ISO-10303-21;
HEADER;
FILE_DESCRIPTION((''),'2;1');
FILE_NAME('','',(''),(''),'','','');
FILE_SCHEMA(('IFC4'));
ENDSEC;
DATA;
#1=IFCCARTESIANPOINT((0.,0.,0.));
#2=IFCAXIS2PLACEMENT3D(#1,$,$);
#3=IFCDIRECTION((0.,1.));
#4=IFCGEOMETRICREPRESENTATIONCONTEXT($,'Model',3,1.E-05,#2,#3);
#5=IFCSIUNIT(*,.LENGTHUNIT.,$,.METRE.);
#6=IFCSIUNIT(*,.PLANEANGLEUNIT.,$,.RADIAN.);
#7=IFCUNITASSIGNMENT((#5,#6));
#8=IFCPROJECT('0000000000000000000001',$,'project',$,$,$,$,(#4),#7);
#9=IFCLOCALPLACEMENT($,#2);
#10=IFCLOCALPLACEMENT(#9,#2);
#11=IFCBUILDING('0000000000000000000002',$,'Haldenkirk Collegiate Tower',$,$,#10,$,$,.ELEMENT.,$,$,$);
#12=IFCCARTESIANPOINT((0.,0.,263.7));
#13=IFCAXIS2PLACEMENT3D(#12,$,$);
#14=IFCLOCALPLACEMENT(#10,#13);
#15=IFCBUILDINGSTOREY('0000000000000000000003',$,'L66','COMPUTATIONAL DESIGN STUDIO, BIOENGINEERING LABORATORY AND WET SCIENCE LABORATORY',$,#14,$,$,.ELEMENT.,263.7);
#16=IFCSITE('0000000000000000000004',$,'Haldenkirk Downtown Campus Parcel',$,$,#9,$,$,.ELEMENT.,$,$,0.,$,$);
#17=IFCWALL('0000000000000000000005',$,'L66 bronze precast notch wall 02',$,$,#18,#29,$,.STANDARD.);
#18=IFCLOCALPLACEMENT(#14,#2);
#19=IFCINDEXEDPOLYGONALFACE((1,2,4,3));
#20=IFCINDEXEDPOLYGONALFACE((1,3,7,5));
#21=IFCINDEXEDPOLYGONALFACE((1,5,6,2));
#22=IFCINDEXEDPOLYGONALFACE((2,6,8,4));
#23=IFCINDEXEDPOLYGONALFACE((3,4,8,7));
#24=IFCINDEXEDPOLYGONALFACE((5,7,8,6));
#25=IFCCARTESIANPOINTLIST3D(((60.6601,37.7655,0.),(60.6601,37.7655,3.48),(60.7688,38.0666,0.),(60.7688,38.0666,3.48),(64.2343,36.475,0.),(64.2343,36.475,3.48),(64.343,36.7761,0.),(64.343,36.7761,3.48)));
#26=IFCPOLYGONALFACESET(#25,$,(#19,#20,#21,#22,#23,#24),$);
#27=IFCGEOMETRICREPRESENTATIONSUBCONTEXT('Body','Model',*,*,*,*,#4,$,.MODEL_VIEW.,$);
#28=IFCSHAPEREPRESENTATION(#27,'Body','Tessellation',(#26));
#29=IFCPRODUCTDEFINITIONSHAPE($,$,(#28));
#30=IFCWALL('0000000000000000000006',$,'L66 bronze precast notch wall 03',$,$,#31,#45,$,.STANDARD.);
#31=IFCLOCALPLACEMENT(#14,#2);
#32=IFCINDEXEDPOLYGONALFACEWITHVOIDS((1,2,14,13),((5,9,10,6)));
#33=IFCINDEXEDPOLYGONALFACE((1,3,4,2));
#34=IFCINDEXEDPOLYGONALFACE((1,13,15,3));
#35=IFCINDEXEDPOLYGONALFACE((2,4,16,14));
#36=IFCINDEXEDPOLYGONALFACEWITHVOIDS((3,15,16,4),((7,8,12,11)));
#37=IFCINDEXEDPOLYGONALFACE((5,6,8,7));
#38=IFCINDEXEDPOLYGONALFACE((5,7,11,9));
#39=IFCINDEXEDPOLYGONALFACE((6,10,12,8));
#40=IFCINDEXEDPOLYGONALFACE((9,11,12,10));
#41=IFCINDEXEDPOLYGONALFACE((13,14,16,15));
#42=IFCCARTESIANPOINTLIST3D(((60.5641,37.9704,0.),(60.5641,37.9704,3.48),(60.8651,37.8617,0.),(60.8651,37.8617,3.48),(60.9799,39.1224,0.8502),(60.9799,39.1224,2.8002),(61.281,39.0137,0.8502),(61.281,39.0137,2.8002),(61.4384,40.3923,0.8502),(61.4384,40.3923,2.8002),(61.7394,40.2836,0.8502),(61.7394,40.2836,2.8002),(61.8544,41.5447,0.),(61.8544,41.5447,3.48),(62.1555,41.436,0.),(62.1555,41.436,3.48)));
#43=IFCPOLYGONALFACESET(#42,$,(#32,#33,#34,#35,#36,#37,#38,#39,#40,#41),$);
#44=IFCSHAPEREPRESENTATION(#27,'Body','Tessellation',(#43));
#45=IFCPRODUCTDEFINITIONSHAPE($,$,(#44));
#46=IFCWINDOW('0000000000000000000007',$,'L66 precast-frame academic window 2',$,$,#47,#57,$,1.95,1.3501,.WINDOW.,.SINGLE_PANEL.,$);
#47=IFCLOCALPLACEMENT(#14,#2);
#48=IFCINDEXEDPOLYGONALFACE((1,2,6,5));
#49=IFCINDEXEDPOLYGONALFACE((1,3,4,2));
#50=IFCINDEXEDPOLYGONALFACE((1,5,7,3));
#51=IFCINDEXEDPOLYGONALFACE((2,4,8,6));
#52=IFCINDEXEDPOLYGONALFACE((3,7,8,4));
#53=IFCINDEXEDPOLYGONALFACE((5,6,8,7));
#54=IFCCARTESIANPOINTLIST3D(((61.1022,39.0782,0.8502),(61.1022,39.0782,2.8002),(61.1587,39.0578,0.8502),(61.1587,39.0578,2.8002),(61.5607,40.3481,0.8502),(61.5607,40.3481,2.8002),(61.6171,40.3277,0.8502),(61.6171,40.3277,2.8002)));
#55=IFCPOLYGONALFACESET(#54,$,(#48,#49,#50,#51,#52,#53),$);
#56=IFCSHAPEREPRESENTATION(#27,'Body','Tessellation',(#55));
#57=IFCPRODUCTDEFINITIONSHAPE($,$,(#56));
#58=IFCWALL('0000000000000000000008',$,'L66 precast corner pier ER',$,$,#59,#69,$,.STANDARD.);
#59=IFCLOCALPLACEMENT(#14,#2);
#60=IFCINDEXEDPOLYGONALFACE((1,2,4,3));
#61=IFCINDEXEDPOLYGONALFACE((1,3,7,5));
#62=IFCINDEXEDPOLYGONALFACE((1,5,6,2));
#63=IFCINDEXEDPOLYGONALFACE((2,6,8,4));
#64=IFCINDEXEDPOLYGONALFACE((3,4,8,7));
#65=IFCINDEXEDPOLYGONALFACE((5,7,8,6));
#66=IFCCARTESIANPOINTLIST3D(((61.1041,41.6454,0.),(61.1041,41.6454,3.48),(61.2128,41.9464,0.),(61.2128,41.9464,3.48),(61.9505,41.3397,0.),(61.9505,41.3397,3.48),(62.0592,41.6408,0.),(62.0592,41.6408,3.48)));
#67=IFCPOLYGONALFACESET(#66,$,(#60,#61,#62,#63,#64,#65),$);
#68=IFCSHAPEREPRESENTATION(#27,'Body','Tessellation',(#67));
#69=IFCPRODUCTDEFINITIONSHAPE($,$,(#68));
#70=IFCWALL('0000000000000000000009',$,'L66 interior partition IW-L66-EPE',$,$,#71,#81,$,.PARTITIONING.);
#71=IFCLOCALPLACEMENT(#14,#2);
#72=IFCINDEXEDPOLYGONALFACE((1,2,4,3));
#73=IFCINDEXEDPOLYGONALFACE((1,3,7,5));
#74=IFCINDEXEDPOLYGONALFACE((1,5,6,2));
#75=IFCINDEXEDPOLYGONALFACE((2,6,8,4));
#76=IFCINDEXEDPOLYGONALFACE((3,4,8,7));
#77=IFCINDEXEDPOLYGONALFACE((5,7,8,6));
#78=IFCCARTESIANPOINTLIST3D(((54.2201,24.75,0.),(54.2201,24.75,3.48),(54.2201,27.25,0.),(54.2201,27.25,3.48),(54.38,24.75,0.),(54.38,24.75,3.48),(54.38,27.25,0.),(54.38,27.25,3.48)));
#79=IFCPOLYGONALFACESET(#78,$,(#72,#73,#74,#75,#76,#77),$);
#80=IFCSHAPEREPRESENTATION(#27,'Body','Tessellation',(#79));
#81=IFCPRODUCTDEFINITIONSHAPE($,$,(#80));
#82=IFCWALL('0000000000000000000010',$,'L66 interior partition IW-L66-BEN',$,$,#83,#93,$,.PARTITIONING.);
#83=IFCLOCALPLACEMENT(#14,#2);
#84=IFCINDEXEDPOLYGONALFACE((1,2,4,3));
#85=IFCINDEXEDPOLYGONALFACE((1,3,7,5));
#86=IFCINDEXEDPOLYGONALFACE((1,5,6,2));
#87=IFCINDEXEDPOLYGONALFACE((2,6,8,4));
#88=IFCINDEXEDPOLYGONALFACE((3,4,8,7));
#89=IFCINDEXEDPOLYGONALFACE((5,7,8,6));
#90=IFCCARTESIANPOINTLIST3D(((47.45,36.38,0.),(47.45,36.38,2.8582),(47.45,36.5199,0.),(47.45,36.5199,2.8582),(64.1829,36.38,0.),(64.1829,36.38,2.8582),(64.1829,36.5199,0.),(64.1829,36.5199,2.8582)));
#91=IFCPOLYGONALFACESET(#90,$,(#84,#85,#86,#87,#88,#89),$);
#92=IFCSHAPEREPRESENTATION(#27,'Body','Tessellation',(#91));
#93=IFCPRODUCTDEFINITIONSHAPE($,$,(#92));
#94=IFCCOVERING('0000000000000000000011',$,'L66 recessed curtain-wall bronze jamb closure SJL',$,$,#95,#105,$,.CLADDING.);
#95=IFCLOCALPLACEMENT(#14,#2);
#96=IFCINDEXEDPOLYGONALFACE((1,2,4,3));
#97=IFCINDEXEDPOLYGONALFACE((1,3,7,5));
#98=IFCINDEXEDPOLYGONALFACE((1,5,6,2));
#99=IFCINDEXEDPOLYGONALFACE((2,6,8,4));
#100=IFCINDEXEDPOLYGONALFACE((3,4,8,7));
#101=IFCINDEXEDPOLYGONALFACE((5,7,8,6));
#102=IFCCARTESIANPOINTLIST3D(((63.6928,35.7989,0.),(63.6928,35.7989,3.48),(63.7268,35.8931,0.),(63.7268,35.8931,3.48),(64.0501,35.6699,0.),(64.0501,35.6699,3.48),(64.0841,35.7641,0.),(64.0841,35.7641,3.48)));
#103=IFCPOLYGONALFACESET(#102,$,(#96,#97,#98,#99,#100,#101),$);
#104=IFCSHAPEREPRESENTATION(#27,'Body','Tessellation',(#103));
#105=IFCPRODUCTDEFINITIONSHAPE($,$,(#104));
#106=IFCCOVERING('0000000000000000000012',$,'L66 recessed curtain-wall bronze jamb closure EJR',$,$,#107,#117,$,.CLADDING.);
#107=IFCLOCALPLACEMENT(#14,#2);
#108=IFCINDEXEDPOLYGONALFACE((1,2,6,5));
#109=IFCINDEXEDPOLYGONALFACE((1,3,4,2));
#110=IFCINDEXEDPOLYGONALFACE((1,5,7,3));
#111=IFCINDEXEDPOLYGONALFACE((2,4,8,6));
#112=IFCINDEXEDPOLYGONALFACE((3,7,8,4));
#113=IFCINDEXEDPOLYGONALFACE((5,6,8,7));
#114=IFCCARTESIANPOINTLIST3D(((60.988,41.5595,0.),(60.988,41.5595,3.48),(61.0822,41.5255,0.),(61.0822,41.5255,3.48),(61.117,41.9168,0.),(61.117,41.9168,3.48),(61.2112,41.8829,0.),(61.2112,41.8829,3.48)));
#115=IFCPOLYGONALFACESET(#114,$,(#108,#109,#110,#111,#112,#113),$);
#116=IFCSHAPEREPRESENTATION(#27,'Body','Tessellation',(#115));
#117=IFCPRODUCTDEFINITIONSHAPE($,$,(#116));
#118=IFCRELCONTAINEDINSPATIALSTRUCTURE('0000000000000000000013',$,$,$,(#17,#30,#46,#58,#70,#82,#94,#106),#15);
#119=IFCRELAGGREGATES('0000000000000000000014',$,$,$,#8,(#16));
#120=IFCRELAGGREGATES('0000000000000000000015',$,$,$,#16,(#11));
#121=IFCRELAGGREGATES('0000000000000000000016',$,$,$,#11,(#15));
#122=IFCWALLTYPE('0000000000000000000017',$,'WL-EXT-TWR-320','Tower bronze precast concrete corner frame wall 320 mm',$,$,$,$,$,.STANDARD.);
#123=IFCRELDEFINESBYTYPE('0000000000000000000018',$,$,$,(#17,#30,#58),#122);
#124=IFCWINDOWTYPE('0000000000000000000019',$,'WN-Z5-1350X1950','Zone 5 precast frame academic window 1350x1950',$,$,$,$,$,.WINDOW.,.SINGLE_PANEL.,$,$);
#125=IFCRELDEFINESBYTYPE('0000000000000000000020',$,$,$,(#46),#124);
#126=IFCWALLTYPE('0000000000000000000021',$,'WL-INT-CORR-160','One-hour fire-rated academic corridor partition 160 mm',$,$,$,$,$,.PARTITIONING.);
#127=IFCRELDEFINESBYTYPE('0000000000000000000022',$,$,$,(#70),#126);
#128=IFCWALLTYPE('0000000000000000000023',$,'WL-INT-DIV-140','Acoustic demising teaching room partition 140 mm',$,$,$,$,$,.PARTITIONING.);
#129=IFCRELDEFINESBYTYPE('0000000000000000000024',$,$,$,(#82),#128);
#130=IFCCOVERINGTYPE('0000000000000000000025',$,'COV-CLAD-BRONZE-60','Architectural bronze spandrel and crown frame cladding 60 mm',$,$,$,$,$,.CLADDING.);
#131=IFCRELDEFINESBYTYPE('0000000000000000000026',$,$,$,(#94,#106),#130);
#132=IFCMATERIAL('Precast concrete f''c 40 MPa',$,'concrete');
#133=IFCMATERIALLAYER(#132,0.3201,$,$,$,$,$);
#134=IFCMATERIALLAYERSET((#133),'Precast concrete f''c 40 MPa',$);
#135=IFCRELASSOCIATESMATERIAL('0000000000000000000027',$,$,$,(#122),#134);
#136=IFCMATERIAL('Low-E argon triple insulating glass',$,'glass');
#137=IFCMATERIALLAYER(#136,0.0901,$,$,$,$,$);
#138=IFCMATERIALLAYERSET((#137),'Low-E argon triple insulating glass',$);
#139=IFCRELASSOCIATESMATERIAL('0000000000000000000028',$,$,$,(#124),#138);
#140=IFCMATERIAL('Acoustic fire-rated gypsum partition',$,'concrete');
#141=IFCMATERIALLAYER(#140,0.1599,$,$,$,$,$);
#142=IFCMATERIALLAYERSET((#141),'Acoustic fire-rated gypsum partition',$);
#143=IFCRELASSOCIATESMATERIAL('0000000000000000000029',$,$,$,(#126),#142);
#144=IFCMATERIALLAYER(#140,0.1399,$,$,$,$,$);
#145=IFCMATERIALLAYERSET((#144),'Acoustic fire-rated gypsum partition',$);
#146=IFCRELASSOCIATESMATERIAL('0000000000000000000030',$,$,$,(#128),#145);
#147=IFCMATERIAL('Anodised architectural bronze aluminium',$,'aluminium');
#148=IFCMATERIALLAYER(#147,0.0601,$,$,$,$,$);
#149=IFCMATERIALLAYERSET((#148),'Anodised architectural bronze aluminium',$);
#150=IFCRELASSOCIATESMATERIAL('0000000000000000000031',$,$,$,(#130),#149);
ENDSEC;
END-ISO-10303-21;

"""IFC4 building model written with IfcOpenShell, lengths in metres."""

from ifc_helpers import new_model, si_unit, direction, frame, frame_2d, origin, origin_2d, place, context, subcontext, project, spatial, rectangle, extrude, source, transform, mapped, material, layer, layer_set, type_object, element, fill, save


model = new_model("IFC4")

# Units and contexts
model_context = context("Model", 3, precision=1e-05, world=origin(), true_north=direction((0.0, 1.0)))
body_context = subcontext(model_context, "Body", "Model", "MODEL_VIEW")
ifc_project = project(units=[si_unit("LENGTHUNIT", "METRE"), si_unit("PLANEANGLEUNIT", "RADIAN")], contexts=[model_context])

# Site, building, storey
site_placement = place(None, origin())
site = spatial("IfcSite", under=ifc_project, at=site_placement, Name="Haldenkirk Downtown Campus Parcel", CompositionType="ELEMENT", RefElevation=0.0)
building_placement = place(site_placement, origin())
building = spatial("IfcBuilding", under=site, at=building_placement, Name="Haldenkirk Collegiate Tower", CompositionType="ELEMENT")
storey_placement = place(building_placement, frame((0.0, 0.0, 263.7)))
storey = spatial("IfcBuildingStorey", under=building, at=storey_placement, Name="L66", Description="COMPUTATIONAL DESIGN STUDIO, BIOENGINEERING LABORATORY AND WET SCIENCE LABORATORY", CompositionType="ELEMENT", Elevation=263.7)

# Shared definitions
ifc_material_1 = material(Name="Anodised architectural bronze aluminium", Category="aluminium")

# Shared definitions
ifc_material_2 = material(Name="Low-E argon triple insulating glass", Category="glass")

# Wall
ifc_material_3 = material(Name="Precast concrete f'c 40 MPa", Category="concrete")
ifc_layer_1 = layer(ifc_material_3, 0.3201)
ifc_layer_set_1 = layer_set([ifc_layer_1], Name="Precast concrete f'c 40 MPa")
wall_type_1 = type_object("IfcWallType", Name="WL-EXT-TWR-320", Description="Tower bronze precast concrete corner frame wall 320 mm", PredefinedType="STANDARD", material=ifc_layer_set_1)
wall_1_placement = place(storey_placement, frame((60.7146, 37.916, 0.0), z_axis=(0.0, 0.0, 1.0), x_axis=(0.940568, -0.339607, 0.0)))
element("IfcWall", 1, at=wall_1_placement, inside=storey, type_object=wall_type_1, Name="L66 bronze precast notch wall 02", PredefinedType="STANDARD", context=body_context, shape_type="SweptSolid", body=[
    extrude(rectangle(XDim=3.8, YDim=0.3201, at=frame_2d((1.8999, 0.0))), origin(), (0.0, 0.0, 1.0), 3.48),
])

# Wall, opening, window
wall_2_placement = place(storey_placement, frame((62.0049, 41.4902, 0.0), z_axis=(0.0, 0.0, 1.0), x_axis=(-0.33955, -0.940588, 0.0)))
wall_2 = element("IfcWall", 2, at=wall_2_placement, inside=storey, type_object=wall_type_1, Name="L66 bronze precast notch wall 03", PredefinedType="STANDARD", context=body_context, shape_type="SweptSolid", body=[
    extrude(rectangle(XDim=3.8, YDim=0.3201, at=frame_2d((1.8999, 0.0))), origin(), (0.0, 0.0, 1.0), 3.48),
])
opening_placement = place(wall_2_placement, frame((1.2251, 0.0, 0.8501)))
opening = element("IfcOpeningElement", 3, at=opening_placement, cuts=wall_2, PredefinedType="OPENING", context=body_context, shape_type="SweptSolid", body=[
    extrude(rectangle(XDim=1.3501, YDim=1.95, at=frame_2d((0.675, 0.9751))), frame((0.0, 0.1699, 0.0), z_axis=(0.0, -1.0, 0.0), x_axis=(1.0, 0.0, 0.0)), (0.0, 0.0, 1.0), 0.3401),
])
ifc_layer_2 = layer(ifc_material_2, 0.0901)
ifc_layer_set_2 = layer_set([ifc_layer_2], Name="Low-E argon triple insulating glass")
window_type = type_object("IfcWindowType", Name="WN-Z5-1350X1950", Description="Zone 5 precast frame academic window 1350x1950", PartitioningType="SINGLE_PANEL", PredefinedType="WINDOW", material=ifc_layer_set_2)
window_placement = place(opening_placement, origin())
window = element("IfcWindow", 4, at=window_placement, inside=storey, type_object=window_type, Name="L66 precast-frame academic window 2", OverallHeight=1.95, OverallWidth=1.3501, PartitioningType="SINGLE_PANEL", PredefinedType="WINDOW", context=body_context, shape_type="SweptSolid", body=[
    extrude(rectangle(XDim=1.3501, YDim=1.95, at=frame_2d((0.675, 0.9751))), frame((0.0, 0.03, 0.0), z_axis=(0.0, -1.0, 0.0), x_axis=(1.0, 0.0, 0.0)), (0.0, 0.0, 1.0), 0.0601),
])
fill(opening, window)

# Walls
wall_3_placement = place(storey_placement, frame((61.1584, 41.7959, 0.0), z_axis=(0.0, 0.0, 1.0), x_axis=(0.940551, -0.339651, 0.0)))
element("IfcWall", 5, at=wall_3_placement, inside=storey, type_object=wall_type_1, Name="L66 precast corner pier ER", PredefinedType="STANDARD", context=body_context, shape_type="SweptSolid", body=[
    extrude(rectangle(XDim=0.8999, YDim=0.3201, at=frame_2d((0.45, 0.0))), origin(), (0.0, 0.0, 1.0), 3.48),
])
ifc_material_4 = material(Name="Acoustic fire-rated gypsum partition", Category="concrete")
ifc_layer_3 = layer(ifc_material_4, 0.1599)
ifc_layer_set_3 = layer_set([ifc_layer_3], Name="Acoustic fire-rated gypsum partition")
wall_type_2 = type_object("IfcWallType", Name="WL-INT-CORR-160", Description="One-hour fire-rated academic corridor partition 160 mm", PredefinedType="PARTITIONING", material=ifc_layer_set_3)
wall_4_placement = place(storey_placement, frame((54.3, 24.75, 0.0), z_axis=(0.0, 0.0, 1.0), x_axis=(0.0, 1.0, 0.0)))
element("IfcWall", 6, at=wall_4_placement, inside=storey, type_object=wall_type_2, Name="L66 interior partition IW-L66-EPE", PredefinedType="PARTITIONING", context=body_context, shape_type="SweptSolid", body=[
    extrude(rectangle(XDim=2.5, YDim=0.1599, at=frame_2d((1.25, 0.0))), origin(), (0.0, 0.0, 1.0), 3.48),
])
ifc_layer_4 = layer(ifc_material_4, 0.1399)
ifc_layer_set_4 = layer_set([ifc_layer_4], Name="Acoustic fire-rated gypsum partition")
wall_type_3 = type_object("IfcWallType", Name="WL-INT-DIV-140", Description="Acoustic demising teaching room partition 140 mm", PredefinedType="PARTITIONING", material=ifc_layer_set_4)
wall_5_placement = place(storey_placement, frame((47.45, 36.45, 0.0), z_axis=(0.0, 0.0, 1.0), x_axis=(1.0, 0.0, 0.0)))
element("IfcWall", 7, at=wall_5_placement, inside=storey, type_object=wall_type_3, Name="L66 interior partition IW-L66-BEN", PredefinedType="PARTITIONING", context=body_context, shape_type="SweptSolid", body=[
    extrude(rectangle(XDim=16.7329, YDim=0.1399, at=frame_2d((8.3665, 0.0))), origin(), (0.0, 0.0, 1.0), 2.8582),
])

# Coverings
ifc_layer_5 = layer(ifc_material_1, 0.0601)
ifc_layer_set_5 = layer_set([ifc_layer_5], Name="Anodised architectural bronze aluminium")
covering_type = type_object("IfcCoveringType", Name="COV-CLAD-BRONZE-60", Description="Architectural bronze spandrel and crown frame cladding 60 mm", PredefinedType="CLADDING", material=ifc_layer_set_5)
shared_shape_1 = source(origin(), body_context, "Body", "SweptSolid", [
    extrude(rectangle(XDim=0.1001, YDim=0.3799, at=origin_2d()), origin(), (0.0, 0.0, 1.0), 3.48),
])
for number, where, z_axis, x_axis, name in (
    (8, (63.8884, 35.7815, 0.0), (0.0, 0.0, 1.0), (-0.339559, -0.940585, 0.0), "L66 recessed curtain-wall bronze jamb closure SJL"),
    (9, (61.0996, 41.7212, 0.0), (0.0, 0.0, 1.0), (0.940585, -0.339559, 0.0), "L66 recessed curtain-wall bronze jamb closure EJR"),
):
    element("IfcCovering", number, at=place(storey_placement, frame(where, z_axis=z_axis, x_axis=x_axis)), inside=storey, type_object=covering_type, Name=name, PredefinedType="CLADDING", context=body_context, shape_type="MappedRepresentation", body=[
        mapped(shared_shape_1, transform((0.0, 0.0, 0.0), x_axis=(1.0, 0.0, 0.0), y_axis=(0.0, 1.0, 0.0), z_axis=(0.0, 0.0, 1.0), scale=1.0)),
    ])

save(model, "model.ifc")
